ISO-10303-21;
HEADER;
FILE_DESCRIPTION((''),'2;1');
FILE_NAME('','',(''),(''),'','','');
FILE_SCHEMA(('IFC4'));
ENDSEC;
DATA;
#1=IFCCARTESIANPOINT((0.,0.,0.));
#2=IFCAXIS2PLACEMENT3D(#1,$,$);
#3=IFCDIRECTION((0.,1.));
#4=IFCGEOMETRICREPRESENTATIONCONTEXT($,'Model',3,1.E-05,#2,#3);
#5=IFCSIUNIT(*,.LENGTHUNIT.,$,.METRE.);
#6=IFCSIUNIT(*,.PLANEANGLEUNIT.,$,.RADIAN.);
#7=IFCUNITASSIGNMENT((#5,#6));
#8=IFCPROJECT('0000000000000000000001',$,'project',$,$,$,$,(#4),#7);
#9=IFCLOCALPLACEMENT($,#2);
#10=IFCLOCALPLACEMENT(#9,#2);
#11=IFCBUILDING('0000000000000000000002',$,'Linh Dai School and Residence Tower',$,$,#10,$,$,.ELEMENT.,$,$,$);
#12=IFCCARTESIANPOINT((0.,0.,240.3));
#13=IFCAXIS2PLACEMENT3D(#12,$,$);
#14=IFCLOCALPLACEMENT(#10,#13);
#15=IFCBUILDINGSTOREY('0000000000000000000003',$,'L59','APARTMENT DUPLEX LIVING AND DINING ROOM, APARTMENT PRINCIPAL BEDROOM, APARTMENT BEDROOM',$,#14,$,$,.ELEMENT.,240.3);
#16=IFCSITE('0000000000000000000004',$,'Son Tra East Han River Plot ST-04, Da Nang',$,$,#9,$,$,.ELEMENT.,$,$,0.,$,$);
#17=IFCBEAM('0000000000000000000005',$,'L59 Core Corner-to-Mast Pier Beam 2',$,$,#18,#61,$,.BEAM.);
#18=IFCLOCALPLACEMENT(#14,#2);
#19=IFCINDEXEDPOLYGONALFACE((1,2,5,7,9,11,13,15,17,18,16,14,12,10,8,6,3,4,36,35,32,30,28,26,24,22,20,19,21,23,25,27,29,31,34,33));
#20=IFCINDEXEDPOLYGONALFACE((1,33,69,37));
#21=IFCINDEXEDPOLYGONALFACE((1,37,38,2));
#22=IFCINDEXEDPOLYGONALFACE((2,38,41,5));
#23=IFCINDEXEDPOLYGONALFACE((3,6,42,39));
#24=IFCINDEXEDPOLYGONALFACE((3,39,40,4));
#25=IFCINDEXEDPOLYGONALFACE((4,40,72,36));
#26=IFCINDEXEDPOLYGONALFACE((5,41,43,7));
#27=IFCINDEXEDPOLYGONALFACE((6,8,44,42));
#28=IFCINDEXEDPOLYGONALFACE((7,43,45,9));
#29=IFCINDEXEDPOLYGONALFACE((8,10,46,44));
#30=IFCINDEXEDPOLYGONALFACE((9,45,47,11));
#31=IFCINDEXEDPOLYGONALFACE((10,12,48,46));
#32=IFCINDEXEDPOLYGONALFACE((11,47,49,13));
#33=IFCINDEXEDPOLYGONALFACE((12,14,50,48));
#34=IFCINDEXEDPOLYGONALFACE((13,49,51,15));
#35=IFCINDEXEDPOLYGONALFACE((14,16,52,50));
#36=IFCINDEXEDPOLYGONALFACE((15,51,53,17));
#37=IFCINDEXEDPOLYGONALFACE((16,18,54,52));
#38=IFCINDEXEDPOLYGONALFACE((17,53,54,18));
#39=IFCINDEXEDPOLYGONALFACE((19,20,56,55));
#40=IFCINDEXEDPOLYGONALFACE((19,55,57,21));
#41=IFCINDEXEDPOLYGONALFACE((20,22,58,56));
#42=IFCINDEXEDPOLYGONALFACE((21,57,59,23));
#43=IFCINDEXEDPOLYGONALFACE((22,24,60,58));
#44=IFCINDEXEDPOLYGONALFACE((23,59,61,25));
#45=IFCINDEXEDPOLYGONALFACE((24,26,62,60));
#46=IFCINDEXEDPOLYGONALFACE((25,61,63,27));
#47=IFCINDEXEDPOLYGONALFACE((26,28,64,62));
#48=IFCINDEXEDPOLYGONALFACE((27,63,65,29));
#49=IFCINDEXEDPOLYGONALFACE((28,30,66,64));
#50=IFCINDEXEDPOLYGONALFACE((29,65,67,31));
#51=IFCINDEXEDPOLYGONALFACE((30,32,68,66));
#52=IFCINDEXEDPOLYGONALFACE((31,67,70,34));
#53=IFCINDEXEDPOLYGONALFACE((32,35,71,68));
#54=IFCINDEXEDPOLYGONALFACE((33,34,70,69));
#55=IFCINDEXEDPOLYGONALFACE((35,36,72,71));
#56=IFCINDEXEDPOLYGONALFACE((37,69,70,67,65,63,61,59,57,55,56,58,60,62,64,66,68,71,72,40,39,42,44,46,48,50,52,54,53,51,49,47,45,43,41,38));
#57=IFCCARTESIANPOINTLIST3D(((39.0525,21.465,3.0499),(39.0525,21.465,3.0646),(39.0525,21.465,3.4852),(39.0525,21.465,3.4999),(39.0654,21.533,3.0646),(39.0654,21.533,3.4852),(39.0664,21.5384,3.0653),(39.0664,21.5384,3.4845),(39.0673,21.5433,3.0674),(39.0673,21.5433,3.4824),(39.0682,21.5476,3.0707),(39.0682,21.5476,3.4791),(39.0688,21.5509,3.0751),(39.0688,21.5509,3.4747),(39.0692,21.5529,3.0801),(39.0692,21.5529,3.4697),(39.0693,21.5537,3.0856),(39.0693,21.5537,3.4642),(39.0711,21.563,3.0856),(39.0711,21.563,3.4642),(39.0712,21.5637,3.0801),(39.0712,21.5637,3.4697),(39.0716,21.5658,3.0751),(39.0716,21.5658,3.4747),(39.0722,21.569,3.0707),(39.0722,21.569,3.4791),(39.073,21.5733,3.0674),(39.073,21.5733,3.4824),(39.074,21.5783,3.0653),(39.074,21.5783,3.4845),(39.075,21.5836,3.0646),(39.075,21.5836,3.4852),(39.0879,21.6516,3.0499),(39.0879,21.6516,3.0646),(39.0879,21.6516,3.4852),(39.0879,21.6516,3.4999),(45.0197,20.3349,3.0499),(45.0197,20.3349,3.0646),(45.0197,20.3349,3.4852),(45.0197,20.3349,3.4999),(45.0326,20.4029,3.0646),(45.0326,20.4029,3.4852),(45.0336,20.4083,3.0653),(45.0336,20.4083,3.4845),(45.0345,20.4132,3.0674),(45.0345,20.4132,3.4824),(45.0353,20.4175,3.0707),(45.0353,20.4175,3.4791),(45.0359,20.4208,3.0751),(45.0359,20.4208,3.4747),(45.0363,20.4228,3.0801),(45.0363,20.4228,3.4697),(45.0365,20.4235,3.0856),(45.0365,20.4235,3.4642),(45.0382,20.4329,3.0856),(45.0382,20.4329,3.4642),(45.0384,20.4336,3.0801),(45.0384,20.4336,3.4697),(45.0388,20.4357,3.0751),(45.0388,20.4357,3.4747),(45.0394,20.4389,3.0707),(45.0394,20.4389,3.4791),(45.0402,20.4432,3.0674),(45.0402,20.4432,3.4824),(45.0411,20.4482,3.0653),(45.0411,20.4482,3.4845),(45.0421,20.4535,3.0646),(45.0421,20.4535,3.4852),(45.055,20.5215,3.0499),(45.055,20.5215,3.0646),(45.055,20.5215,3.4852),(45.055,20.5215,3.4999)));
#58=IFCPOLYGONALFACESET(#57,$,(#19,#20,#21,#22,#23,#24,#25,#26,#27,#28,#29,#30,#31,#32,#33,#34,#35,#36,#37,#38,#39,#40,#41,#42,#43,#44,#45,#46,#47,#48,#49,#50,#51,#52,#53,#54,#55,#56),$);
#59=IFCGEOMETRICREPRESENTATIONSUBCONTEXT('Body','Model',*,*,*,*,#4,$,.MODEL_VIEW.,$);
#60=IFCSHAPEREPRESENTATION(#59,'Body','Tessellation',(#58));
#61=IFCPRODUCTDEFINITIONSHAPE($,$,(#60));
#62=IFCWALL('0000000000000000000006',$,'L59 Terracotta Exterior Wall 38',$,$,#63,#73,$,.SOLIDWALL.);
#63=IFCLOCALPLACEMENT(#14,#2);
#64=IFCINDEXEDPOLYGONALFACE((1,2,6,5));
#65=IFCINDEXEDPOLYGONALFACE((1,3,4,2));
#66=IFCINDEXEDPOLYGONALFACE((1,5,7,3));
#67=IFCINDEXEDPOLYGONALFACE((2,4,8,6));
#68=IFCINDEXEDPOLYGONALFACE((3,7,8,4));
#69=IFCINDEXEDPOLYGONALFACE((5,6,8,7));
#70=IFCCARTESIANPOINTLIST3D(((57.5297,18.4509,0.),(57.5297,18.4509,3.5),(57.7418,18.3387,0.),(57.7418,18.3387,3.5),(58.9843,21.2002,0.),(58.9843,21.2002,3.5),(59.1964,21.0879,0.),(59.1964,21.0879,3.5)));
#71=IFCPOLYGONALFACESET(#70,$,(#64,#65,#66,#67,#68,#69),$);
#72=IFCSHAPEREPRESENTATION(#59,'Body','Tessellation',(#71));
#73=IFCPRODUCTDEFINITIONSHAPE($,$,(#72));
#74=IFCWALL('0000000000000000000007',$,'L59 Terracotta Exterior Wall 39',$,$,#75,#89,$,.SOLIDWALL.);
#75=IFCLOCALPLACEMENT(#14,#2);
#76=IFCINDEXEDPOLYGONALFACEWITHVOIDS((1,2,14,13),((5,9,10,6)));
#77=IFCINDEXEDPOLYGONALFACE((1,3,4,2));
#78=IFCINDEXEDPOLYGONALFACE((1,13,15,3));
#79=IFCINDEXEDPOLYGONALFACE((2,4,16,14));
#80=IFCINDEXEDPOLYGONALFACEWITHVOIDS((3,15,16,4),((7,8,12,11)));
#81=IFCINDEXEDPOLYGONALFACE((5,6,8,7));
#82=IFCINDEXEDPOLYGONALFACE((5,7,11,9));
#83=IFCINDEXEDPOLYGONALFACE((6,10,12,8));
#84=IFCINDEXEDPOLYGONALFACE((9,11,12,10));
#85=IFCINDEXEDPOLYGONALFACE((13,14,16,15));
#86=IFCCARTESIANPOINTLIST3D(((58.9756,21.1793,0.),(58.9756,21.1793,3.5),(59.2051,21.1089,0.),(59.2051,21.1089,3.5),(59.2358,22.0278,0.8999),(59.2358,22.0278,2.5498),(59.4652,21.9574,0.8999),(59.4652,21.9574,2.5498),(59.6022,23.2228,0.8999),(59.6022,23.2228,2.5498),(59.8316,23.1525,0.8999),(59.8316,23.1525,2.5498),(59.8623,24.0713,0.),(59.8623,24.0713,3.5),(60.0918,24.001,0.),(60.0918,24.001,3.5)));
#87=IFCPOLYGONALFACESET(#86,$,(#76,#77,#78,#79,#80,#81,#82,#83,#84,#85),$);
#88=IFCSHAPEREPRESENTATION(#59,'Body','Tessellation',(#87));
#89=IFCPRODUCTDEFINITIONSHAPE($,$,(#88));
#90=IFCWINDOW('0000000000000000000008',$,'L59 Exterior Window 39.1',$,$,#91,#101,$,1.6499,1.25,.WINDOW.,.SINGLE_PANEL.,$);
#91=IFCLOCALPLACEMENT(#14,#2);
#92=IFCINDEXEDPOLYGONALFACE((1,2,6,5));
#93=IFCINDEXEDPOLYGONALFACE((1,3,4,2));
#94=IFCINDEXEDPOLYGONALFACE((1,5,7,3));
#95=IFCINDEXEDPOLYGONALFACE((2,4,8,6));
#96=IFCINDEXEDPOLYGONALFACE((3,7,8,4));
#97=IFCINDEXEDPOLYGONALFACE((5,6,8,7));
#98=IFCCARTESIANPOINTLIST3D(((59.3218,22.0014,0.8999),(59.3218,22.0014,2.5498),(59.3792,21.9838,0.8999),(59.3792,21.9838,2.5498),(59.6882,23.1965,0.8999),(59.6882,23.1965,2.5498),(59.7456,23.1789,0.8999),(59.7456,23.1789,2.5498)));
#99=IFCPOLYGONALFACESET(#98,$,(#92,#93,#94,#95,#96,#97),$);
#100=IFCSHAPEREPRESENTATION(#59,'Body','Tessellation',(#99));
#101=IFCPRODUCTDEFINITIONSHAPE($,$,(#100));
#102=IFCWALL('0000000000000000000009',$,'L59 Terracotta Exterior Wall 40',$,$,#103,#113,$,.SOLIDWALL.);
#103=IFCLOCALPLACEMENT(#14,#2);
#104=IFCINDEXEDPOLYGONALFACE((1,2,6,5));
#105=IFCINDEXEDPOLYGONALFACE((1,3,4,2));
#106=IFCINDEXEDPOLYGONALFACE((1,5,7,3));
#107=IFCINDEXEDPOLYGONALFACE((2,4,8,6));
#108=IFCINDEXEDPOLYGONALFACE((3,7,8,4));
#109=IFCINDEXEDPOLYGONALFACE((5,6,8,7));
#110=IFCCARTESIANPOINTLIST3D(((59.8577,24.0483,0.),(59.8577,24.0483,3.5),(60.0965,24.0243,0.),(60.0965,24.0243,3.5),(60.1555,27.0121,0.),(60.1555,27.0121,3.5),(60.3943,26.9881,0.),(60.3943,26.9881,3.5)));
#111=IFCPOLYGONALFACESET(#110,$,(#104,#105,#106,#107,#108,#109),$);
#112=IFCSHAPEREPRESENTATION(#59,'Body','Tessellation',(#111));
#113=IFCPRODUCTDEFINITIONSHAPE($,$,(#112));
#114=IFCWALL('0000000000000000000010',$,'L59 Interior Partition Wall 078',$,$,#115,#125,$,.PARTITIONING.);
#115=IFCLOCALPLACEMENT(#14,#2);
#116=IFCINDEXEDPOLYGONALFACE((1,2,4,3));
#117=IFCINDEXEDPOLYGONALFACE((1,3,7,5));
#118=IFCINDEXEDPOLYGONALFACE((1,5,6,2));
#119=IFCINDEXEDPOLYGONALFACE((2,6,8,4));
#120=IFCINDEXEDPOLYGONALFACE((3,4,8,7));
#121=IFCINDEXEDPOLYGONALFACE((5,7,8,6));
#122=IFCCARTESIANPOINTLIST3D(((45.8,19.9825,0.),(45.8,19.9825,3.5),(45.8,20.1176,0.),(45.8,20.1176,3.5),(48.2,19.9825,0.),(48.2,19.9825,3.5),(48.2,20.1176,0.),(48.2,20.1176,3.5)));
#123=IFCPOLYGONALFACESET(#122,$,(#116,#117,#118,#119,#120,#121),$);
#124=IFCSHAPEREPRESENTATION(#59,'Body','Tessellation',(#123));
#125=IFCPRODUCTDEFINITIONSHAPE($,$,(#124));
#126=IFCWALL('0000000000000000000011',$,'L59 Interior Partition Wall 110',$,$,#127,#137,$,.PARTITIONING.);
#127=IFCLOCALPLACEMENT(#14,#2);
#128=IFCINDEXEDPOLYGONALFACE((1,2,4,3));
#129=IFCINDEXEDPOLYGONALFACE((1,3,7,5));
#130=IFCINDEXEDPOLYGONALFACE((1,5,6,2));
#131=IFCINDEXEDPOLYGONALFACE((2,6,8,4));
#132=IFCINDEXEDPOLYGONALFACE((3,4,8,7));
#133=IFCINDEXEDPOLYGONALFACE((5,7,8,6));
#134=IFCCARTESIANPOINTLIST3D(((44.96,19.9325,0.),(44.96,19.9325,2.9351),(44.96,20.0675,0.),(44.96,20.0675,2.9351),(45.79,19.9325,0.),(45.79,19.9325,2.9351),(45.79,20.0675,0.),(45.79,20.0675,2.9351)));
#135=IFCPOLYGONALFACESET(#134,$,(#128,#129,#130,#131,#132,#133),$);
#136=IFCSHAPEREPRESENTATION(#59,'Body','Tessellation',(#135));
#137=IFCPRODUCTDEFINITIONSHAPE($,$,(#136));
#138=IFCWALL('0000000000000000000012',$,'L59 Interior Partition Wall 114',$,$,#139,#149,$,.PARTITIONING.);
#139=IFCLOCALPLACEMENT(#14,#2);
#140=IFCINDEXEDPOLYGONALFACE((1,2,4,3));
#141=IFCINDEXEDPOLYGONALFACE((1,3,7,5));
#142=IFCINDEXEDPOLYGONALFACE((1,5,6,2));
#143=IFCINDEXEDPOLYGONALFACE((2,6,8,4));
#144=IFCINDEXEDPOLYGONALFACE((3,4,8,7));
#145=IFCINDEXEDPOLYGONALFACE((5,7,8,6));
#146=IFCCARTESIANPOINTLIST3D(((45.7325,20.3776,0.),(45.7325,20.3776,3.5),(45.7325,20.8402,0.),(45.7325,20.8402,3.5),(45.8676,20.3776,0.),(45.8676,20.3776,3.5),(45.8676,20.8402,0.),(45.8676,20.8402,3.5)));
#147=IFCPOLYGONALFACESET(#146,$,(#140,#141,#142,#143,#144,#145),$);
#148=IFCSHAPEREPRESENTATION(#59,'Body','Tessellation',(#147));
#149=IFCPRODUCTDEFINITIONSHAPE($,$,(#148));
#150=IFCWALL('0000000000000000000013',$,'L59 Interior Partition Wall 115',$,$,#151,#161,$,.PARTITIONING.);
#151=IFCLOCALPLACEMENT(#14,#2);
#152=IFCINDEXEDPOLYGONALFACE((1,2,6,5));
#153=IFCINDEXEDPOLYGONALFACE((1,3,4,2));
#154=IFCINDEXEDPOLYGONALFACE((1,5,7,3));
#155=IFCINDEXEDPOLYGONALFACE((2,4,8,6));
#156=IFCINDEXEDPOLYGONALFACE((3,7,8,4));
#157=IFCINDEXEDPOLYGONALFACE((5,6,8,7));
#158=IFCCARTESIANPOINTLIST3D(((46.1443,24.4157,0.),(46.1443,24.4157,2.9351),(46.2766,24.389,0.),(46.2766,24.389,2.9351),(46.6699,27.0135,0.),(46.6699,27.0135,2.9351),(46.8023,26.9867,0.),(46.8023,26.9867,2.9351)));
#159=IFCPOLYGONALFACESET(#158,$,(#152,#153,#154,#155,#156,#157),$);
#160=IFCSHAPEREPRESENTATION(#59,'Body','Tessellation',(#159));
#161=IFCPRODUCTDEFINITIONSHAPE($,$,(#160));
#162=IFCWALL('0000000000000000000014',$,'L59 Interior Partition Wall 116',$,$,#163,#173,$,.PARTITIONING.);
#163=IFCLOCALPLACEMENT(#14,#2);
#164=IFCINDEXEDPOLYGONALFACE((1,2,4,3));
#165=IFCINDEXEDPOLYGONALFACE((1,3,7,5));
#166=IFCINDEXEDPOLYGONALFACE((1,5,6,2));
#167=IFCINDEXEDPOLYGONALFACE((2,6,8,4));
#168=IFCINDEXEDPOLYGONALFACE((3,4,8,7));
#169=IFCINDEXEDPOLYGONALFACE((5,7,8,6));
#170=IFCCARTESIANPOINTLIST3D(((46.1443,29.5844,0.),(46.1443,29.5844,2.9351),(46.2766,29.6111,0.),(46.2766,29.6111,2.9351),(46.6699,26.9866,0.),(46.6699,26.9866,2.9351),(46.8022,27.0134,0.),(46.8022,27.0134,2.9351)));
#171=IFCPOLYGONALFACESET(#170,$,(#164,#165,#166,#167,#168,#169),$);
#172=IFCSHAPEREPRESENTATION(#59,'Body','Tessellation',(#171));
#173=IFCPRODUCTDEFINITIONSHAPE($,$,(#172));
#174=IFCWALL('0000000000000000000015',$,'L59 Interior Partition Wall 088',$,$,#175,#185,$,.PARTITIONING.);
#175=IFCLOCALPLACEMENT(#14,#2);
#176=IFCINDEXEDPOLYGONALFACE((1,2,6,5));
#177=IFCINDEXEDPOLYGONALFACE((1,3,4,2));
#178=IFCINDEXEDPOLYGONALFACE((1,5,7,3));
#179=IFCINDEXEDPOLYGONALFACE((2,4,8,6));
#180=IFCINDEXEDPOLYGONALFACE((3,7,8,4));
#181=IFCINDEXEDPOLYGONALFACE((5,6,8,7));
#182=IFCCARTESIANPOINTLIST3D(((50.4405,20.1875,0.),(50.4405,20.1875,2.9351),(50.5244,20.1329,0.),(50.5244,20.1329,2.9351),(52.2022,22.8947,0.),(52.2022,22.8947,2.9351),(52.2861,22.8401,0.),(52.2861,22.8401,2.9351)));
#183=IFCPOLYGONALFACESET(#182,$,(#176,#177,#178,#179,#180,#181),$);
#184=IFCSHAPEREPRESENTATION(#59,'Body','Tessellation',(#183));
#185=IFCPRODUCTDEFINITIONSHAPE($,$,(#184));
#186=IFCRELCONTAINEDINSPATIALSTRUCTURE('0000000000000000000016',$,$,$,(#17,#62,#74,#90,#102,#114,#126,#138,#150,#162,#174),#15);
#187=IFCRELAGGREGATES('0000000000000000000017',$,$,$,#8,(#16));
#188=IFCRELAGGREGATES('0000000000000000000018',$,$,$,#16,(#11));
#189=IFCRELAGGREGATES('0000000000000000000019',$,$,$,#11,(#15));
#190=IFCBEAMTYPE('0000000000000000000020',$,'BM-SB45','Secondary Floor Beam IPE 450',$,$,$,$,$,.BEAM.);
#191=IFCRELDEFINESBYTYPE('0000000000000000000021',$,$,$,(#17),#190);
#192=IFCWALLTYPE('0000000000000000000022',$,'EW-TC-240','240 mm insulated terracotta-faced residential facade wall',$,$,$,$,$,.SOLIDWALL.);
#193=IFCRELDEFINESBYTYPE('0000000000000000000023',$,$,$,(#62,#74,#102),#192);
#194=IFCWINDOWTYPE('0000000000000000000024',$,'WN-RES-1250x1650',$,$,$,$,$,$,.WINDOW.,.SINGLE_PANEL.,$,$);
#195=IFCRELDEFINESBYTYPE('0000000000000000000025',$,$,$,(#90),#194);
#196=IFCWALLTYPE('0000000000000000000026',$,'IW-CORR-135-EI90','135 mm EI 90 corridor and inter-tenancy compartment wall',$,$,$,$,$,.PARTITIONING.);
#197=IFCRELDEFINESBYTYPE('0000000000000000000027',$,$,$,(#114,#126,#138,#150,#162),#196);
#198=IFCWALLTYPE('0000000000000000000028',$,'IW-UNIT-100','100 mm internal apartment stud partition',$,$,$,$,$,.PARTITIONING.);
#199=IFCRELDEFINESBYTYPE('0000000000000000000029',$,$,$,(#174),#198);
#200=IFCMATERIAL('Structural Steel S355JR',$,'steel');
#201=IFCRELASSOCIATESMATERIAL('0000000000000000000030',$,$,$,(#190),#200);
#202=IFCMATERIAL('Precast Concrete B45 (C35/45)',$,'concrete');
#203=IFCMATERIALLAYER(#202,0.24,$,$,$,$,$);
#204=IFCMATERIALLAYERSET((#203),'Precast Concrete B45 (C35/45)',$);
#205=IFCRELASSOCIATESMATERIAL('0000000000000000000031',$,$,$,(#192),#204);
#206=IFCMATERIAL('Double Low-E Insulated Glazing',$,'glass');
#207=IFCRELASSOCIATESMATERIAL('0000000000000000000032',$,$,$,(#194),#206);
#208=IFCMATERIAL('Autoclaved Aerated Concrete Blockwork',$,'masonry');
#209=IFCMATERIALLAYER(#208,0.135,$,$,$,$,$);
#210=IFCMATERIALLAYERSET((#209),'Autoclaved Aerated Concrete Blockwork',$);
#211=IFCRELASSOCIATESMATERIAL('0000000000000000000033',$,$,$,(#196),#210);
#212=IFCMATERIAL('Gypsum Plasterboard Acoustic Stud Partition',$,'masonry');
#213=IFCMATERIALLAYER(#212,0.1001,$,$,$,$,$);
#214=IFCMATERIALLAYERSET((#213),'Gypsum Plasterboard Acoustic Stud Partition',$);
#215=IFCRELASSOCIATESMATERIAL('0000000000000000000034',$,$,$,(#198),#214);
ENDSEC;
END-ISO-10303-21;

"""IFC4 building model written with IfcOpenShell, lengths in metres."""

from ifc_helpers import new_model, si_unit, direction, frame, frame_2d, origin, origin_2d, place, context, subcontext, project, spatial, rectangle, i_section, extrude, source, transform, mapped, material, layer, layer_set, material_profile, profile_set, type_object, element, fill, save


model = new_model("IFC4")

# Units and contexts
model_context = context("Model", 3, precision=1e-05, world=origin(), true_north=direction((0.0, 1.0)))
body_context = subcontext(model_context, "Body", "Model", "MODEL_VIEW")
ifc_project = project(units=[si_unit("LENGTHUNIT", "METRE"), si_unit("PLANEANGLEUNIT", "RADIAN")], contexts=[model_context])

# Site, building, storey
site_placement = place(None, origin())
site = spatial("IfcSite", under=ifc_project, at=site_placement, Name="Son Tra East Han River Plot ST-04, Da Nang", CompositionType="ELEMENT", RefElevation=0.0)
building_placement = place(site_placement, origin())
building = spatial("IfcBuilding", under=site, at=building_placement, Name="Linh Dai School and Residence Tower", CompositionType="ELEMENT")
storey_placement = place(building_placement, frame((0.0, 0.0, 240.3)))
storey = spatial("IfcBuildingStorey", under=building, at=storey_placement, Name="L59", Description="APARTMENT DUPLEX LIVING AND DINING ROOM, APARTMENT PRINCIPAL BEDROOM, APARTMENT BEDROOM", CompositionType="ELEMENT", Elevation=240.3)

# Shared definitions
ifc_material_1 = material(Name="Structural Steel S355JR", Category="steel")

# Beam
ifc_material_profile_1 = material_profile(ifc_material_1, i_section(OverallWidth=0.1899, OverallDepth=0.45, WebThickness=0.0095, FlangeThickness=0.0146, FilletRadius=0.021, at=origin_2d()), Name="IPE 450")
ifc_profile_set_1 = profile_set([ifc_material_profile_1], Name="Structural Steel S355JR")
beam_type_1 = type_object("IfcBeamType", Name="BM-SB45", Description="Secondary Floor Beam IPE 450", PredefinedType="BEAM", material=ifc_profile_set_1)
beam_1_placement = place(storey_placement, frame((45.0374, 20.4282, 3.2749), z_axis=(-0.982535, 0.186079, 0.0), x_axis=(-0.186079, -0.982535, 0.0)))
element("IfcBeam", 1, at=beam_1_placement, inside=storey, type_object=beam_type_1, Name="L59 Core Corner-to-Mast Pier Beam 2", PredefinedType="BEAM", context=body_context, shape_type="SweptSolid", body=[
    extrude(i_section(OverallWidth=0.1899, OverallDepth=0.45, WebThickness=0.0095, FlangeThickness=0.0146, FilletRadius=0.021, at=origin_2d()), origin(), (0.0, 0.0, 1.0), 6.0732),
])

# Wall
ifc_material_2 = material(Name="Precast Concrete B45 (C35/45)", Category="concrete")
ifc_layer_1 = layer(ifc_material_2, 0.24)
ifc_layer_set_1 = layer_set([ifc_layer_1], Name="Precast Concrete B45 (C35/45)")
wall_type_1 = type_object("IfcWallType", Name="EW-TC-240", Description="240 mm insulated terracotta-faced residential facade wall", PredefinedType="SOLIDWALL", material=ifc_layer_set_1)
wall_1_placement = place(storey_placement, frame((59.0903, 21.144, 0.0), z_axis=(0.0, 0.0, 1.0), x_axis=(-0.46766, -0.883908, 0.0)))
element("IfcWall", 2, at=wall_1_placement, inside=storey, type_object=wall_type_1, Name="L59 Terracotta Exterior Wall 38", PredefinedType="SOLIDWALL", context=body_context, shape_type="SweptSolid", body=[
    extrude(rectangle(XDim=3.1104, YDim=0.24, at=frame_2d((1.5552, 0.0))), origin(), (0.0, 0.0, 1.0), 3.5),
])

# Wall, opening, window
wall_2_placement = place(storey_placement, frame((59.9771, 24.0361, 0.0), z_axis=(0.0, 0.0, 1.0), x_axis=(-0.293133, -0.956072, 0.0)))
wall_2 = element("IfcWall", 3, at=wall_2_placement, inside=storey, type_object=wall_type_1, Name="L59 Terracotta Exterior Wall 39", PredefinedType="SOLIDWALL", context=body_context, shape_type="SweptSolid", body=[
    extrude(rectangle(XDim=3.0249, YDim=0.24, at=frame_2d((1.5125, 0.0))), origin(), (0.0, 0.0, 1.0), 3.5),
])
opening_1_placement = place(wall_2_placement, frame((0.8875, 0.0, 0.8999)))
opening_1 = element("IfcOpeningElement", 4, at=opening_1_placement, cuts=wall_2, PredefinedType="OPENING", context=body_context, shape_type="SweptSolid", body=[
    extrude(rectangle(XDim=1.25, YDim=1.6499, at=origin_2d()), frame((0.625, 0.1299, 0.825), z_axis=(0.0, -1.0, 0.0), x_axis=(1.0, 0.0, 0.0)), (0.0, 0.0, 1.0), 0.26),
])
ifc_material_3 = material(Name="Double Low-E Insulated Glazing", Category="glass")
window_type = type_object("IfcWindowType", Name="WN-RES-1250x1650", PartitioningType="SINGLE_PANEL", PredefinedType="WINDOW", material=ifc_material_3)
shared_shape_1 = source(origin(), body_context, "Body", "SweptSolid", [
    extrude(rectangle(XDim=1.25, YDim=1.6499, at=origin_2d()), frame((0.625, 0.03, 0.825), z_axis=(0.0, -1.0, 0.0), x_axis=(1.0, 0.0, 0.0)), (0.0, 0.0, 1.0), 0.0601),
])
window_placement = place(opening_1_placement, origin())
window = element("IfcWindow", 5, at=window_placement, inside=storey, type_object=window_type, Name="L59 Exterior Window 39.1", OverallHeight=1.6499, OverallWidth=1.25, PartitioningType="SINGLE_PANEL", PredefinedType="WINDOW", context=body_context, shape_type="MappedRepresentation", body=[
    mapped(shared_shape_1, transform((0.0, 0.0, 0.0), x_axis=(1.0, 0.0, 0.0), y_axis=(0.0, 1.0, 0.0), z_axis=(0.0, 0.0, 1.0), scale=1.0)),
])
fill(opening_1, window)

# Walls
wall_3_placement = place(storey_placement, frame((60.2749, 27.0, 0.0), z_axis=(0.0, 0.0, 1.0), x_axis=(-0.099991, -0.994988, 0.0)))
element("IfcWall", 6, at=wall_3_placement, inside=storey, type_object=wall_type_1, Name="L59 Terracotta Exterior Wall 40", PredefinedType="SOLIDWALL", context=body_context, shape_type="SweptSolid", body=[
    extrude(rectangle(XDim=2.9788, YDim=0.24, at=frame_2d((1.4893, 0.0))), origin(), (0.0, 0.0, 1.0), 3.5),
])
ifc_material_4 = material(Name="Autoclaved Aerated Concrete Blockwork", Category="masonry")
ifc_layer_2 = layer(ifc_material_4, 0.135)
ifc_layer_set_2 = layer_set([ifc_layer_2], Name="Autoclaved Aerated Concrete Blockwork")
wall_type_2 = type_object("IfcWallType", Name="IW-CORR-135-EI90", Description="135 mm EI 90 corridor and inter-tenancy compartment wall", PredefinedType="PARTITIONING", material=ifc_layer_set_2)
wall_4_placement = place(storey_placement, frame((45.8, 20.05, 0.0), z_axis=(0.0, 0.0, 1.0), x_axis=(1.0, 0.0, 0.0)))
element("IfcWall", 7, at=wall_4_placement, inside=storey, type_object=wall_type_2, Name="L59 Interior Partition Wall 078", PredefinedType="PARTITIONING", context=body_context, shape_type="SweptSolid", body=[
    extrude(rectangle(XDim=2.3999, YDim=0.135, at=frame_2d((1.2, 0.0))), origin(), (0.0, 0.0, 1.0), 3.5),
])
wall_5_placement = place(storey_placement, frame((44.96, 20.0, 0.0), z_axis=(0.0, 0.0, 1.0), x_axis=(1.0, 0.0, 0.0)))
element("IfcWall", 8, at=wall_5_placement, inside=storey, type_object=wall_type_2, Name="L59 Interior Partition Wall 110", PredefinedType="PARTITIONING", context=body_context, shape_type="SweptSolid", body=[
    extrude(rectangle(XDim=0.8301, YDim=0.135, at=frame_2d((0.415, 0.0))), origin(), (0.0, 0.0, 1.0), 2.9351),
])
wall_6_placement = place(storey_placement, frame((45.8, 20.3774, 0.0), z_axis=(0.0, 0.0, 1.0), x_axis=(0.0, 1.0, 0.0)))
element("IfcWall", 9, at=wall_6_placement, inside=storey, type_object=wall_type_2, Name="L59 Interior Partition Wall 114", PredefinedType="PARTITIONING", context=body_context, shape_type="SweptSolid", body=[
    extrude(rectangle(XDim=0.4626, YDim=0.135, at=frame_2d((0.2314, 0.0))), origin(), (0.0, 0.0, 1.0), 3.5),
])
for number, where, z_axis, x_axis, name in (
    (10, (46.2104, 24.4023, 0.0), (0.0, 0.0, 1.0), (0.19833, 0.980135, 0.0), "L59 Interior Partition Wall 115"),
    (11, (46.7361, 27.0, 0.0), (0.0, 0.0, 1.0), (-0.19833, 0.980135, 0.0), "L59 Interior Partition Wall 116"),
):
    element("IfcWall", number, at=place(storey_placement, frame(where, z_axis=z_axis, x_axis=x_axis)), inside=storey, type_object=wall_type_2, Name=name, PredefinedType="PARTITIONING", context=body_context, shape_type="SweptSolid", body=[
        extrude(rectangle(XDim=2.6504, YDim=0.135, at=frame_2d((1.3252, 0.0))), origin(), (0.0, 0.0, 1.0), 2.9351),
    ])
ifc_material_5 = material(Name="Gypsum Plasterboard Acoustic Stud Partition", Category="masonry")
ifc_layer_3 = layer(ifc_material_5, 0.1001)
ifc_layer_set_3 = layer_set([ifc_layer_3], Name="Gypsum Plasterboard Acoustic Stud Partition")
wall_type_3 = type_object("IfcWallType", Name="IW-UNIT-100", Description="100 mm internal apartment stud partition", PredefinedType="PARTITIONING", material=ifc_layer_set_3)
wall_7_placement = place(storey_placement, frame((50.4824, 20.1602, 0.0), z_axis=(0.0, 0.0, 1.0), x_axis=(0.545421, 0.838162, 0.0)))
element("IfcWall", 12, at=wall_7_placement, inside=storey, type_object=wall_type_3, Name="L59 Interior Partition Wall 088", PredefinedType="PARTITIONING", context=body_context, shape_type="SweptSolid", body=[
    extrude(rectangle(XDim=3.23, YDim=0.1001, at=frame_2d((1.615, 0.0))), origin(), (0.0, 0.0, 1.0), 2.9351),
])

save(model, "model.ifc")
